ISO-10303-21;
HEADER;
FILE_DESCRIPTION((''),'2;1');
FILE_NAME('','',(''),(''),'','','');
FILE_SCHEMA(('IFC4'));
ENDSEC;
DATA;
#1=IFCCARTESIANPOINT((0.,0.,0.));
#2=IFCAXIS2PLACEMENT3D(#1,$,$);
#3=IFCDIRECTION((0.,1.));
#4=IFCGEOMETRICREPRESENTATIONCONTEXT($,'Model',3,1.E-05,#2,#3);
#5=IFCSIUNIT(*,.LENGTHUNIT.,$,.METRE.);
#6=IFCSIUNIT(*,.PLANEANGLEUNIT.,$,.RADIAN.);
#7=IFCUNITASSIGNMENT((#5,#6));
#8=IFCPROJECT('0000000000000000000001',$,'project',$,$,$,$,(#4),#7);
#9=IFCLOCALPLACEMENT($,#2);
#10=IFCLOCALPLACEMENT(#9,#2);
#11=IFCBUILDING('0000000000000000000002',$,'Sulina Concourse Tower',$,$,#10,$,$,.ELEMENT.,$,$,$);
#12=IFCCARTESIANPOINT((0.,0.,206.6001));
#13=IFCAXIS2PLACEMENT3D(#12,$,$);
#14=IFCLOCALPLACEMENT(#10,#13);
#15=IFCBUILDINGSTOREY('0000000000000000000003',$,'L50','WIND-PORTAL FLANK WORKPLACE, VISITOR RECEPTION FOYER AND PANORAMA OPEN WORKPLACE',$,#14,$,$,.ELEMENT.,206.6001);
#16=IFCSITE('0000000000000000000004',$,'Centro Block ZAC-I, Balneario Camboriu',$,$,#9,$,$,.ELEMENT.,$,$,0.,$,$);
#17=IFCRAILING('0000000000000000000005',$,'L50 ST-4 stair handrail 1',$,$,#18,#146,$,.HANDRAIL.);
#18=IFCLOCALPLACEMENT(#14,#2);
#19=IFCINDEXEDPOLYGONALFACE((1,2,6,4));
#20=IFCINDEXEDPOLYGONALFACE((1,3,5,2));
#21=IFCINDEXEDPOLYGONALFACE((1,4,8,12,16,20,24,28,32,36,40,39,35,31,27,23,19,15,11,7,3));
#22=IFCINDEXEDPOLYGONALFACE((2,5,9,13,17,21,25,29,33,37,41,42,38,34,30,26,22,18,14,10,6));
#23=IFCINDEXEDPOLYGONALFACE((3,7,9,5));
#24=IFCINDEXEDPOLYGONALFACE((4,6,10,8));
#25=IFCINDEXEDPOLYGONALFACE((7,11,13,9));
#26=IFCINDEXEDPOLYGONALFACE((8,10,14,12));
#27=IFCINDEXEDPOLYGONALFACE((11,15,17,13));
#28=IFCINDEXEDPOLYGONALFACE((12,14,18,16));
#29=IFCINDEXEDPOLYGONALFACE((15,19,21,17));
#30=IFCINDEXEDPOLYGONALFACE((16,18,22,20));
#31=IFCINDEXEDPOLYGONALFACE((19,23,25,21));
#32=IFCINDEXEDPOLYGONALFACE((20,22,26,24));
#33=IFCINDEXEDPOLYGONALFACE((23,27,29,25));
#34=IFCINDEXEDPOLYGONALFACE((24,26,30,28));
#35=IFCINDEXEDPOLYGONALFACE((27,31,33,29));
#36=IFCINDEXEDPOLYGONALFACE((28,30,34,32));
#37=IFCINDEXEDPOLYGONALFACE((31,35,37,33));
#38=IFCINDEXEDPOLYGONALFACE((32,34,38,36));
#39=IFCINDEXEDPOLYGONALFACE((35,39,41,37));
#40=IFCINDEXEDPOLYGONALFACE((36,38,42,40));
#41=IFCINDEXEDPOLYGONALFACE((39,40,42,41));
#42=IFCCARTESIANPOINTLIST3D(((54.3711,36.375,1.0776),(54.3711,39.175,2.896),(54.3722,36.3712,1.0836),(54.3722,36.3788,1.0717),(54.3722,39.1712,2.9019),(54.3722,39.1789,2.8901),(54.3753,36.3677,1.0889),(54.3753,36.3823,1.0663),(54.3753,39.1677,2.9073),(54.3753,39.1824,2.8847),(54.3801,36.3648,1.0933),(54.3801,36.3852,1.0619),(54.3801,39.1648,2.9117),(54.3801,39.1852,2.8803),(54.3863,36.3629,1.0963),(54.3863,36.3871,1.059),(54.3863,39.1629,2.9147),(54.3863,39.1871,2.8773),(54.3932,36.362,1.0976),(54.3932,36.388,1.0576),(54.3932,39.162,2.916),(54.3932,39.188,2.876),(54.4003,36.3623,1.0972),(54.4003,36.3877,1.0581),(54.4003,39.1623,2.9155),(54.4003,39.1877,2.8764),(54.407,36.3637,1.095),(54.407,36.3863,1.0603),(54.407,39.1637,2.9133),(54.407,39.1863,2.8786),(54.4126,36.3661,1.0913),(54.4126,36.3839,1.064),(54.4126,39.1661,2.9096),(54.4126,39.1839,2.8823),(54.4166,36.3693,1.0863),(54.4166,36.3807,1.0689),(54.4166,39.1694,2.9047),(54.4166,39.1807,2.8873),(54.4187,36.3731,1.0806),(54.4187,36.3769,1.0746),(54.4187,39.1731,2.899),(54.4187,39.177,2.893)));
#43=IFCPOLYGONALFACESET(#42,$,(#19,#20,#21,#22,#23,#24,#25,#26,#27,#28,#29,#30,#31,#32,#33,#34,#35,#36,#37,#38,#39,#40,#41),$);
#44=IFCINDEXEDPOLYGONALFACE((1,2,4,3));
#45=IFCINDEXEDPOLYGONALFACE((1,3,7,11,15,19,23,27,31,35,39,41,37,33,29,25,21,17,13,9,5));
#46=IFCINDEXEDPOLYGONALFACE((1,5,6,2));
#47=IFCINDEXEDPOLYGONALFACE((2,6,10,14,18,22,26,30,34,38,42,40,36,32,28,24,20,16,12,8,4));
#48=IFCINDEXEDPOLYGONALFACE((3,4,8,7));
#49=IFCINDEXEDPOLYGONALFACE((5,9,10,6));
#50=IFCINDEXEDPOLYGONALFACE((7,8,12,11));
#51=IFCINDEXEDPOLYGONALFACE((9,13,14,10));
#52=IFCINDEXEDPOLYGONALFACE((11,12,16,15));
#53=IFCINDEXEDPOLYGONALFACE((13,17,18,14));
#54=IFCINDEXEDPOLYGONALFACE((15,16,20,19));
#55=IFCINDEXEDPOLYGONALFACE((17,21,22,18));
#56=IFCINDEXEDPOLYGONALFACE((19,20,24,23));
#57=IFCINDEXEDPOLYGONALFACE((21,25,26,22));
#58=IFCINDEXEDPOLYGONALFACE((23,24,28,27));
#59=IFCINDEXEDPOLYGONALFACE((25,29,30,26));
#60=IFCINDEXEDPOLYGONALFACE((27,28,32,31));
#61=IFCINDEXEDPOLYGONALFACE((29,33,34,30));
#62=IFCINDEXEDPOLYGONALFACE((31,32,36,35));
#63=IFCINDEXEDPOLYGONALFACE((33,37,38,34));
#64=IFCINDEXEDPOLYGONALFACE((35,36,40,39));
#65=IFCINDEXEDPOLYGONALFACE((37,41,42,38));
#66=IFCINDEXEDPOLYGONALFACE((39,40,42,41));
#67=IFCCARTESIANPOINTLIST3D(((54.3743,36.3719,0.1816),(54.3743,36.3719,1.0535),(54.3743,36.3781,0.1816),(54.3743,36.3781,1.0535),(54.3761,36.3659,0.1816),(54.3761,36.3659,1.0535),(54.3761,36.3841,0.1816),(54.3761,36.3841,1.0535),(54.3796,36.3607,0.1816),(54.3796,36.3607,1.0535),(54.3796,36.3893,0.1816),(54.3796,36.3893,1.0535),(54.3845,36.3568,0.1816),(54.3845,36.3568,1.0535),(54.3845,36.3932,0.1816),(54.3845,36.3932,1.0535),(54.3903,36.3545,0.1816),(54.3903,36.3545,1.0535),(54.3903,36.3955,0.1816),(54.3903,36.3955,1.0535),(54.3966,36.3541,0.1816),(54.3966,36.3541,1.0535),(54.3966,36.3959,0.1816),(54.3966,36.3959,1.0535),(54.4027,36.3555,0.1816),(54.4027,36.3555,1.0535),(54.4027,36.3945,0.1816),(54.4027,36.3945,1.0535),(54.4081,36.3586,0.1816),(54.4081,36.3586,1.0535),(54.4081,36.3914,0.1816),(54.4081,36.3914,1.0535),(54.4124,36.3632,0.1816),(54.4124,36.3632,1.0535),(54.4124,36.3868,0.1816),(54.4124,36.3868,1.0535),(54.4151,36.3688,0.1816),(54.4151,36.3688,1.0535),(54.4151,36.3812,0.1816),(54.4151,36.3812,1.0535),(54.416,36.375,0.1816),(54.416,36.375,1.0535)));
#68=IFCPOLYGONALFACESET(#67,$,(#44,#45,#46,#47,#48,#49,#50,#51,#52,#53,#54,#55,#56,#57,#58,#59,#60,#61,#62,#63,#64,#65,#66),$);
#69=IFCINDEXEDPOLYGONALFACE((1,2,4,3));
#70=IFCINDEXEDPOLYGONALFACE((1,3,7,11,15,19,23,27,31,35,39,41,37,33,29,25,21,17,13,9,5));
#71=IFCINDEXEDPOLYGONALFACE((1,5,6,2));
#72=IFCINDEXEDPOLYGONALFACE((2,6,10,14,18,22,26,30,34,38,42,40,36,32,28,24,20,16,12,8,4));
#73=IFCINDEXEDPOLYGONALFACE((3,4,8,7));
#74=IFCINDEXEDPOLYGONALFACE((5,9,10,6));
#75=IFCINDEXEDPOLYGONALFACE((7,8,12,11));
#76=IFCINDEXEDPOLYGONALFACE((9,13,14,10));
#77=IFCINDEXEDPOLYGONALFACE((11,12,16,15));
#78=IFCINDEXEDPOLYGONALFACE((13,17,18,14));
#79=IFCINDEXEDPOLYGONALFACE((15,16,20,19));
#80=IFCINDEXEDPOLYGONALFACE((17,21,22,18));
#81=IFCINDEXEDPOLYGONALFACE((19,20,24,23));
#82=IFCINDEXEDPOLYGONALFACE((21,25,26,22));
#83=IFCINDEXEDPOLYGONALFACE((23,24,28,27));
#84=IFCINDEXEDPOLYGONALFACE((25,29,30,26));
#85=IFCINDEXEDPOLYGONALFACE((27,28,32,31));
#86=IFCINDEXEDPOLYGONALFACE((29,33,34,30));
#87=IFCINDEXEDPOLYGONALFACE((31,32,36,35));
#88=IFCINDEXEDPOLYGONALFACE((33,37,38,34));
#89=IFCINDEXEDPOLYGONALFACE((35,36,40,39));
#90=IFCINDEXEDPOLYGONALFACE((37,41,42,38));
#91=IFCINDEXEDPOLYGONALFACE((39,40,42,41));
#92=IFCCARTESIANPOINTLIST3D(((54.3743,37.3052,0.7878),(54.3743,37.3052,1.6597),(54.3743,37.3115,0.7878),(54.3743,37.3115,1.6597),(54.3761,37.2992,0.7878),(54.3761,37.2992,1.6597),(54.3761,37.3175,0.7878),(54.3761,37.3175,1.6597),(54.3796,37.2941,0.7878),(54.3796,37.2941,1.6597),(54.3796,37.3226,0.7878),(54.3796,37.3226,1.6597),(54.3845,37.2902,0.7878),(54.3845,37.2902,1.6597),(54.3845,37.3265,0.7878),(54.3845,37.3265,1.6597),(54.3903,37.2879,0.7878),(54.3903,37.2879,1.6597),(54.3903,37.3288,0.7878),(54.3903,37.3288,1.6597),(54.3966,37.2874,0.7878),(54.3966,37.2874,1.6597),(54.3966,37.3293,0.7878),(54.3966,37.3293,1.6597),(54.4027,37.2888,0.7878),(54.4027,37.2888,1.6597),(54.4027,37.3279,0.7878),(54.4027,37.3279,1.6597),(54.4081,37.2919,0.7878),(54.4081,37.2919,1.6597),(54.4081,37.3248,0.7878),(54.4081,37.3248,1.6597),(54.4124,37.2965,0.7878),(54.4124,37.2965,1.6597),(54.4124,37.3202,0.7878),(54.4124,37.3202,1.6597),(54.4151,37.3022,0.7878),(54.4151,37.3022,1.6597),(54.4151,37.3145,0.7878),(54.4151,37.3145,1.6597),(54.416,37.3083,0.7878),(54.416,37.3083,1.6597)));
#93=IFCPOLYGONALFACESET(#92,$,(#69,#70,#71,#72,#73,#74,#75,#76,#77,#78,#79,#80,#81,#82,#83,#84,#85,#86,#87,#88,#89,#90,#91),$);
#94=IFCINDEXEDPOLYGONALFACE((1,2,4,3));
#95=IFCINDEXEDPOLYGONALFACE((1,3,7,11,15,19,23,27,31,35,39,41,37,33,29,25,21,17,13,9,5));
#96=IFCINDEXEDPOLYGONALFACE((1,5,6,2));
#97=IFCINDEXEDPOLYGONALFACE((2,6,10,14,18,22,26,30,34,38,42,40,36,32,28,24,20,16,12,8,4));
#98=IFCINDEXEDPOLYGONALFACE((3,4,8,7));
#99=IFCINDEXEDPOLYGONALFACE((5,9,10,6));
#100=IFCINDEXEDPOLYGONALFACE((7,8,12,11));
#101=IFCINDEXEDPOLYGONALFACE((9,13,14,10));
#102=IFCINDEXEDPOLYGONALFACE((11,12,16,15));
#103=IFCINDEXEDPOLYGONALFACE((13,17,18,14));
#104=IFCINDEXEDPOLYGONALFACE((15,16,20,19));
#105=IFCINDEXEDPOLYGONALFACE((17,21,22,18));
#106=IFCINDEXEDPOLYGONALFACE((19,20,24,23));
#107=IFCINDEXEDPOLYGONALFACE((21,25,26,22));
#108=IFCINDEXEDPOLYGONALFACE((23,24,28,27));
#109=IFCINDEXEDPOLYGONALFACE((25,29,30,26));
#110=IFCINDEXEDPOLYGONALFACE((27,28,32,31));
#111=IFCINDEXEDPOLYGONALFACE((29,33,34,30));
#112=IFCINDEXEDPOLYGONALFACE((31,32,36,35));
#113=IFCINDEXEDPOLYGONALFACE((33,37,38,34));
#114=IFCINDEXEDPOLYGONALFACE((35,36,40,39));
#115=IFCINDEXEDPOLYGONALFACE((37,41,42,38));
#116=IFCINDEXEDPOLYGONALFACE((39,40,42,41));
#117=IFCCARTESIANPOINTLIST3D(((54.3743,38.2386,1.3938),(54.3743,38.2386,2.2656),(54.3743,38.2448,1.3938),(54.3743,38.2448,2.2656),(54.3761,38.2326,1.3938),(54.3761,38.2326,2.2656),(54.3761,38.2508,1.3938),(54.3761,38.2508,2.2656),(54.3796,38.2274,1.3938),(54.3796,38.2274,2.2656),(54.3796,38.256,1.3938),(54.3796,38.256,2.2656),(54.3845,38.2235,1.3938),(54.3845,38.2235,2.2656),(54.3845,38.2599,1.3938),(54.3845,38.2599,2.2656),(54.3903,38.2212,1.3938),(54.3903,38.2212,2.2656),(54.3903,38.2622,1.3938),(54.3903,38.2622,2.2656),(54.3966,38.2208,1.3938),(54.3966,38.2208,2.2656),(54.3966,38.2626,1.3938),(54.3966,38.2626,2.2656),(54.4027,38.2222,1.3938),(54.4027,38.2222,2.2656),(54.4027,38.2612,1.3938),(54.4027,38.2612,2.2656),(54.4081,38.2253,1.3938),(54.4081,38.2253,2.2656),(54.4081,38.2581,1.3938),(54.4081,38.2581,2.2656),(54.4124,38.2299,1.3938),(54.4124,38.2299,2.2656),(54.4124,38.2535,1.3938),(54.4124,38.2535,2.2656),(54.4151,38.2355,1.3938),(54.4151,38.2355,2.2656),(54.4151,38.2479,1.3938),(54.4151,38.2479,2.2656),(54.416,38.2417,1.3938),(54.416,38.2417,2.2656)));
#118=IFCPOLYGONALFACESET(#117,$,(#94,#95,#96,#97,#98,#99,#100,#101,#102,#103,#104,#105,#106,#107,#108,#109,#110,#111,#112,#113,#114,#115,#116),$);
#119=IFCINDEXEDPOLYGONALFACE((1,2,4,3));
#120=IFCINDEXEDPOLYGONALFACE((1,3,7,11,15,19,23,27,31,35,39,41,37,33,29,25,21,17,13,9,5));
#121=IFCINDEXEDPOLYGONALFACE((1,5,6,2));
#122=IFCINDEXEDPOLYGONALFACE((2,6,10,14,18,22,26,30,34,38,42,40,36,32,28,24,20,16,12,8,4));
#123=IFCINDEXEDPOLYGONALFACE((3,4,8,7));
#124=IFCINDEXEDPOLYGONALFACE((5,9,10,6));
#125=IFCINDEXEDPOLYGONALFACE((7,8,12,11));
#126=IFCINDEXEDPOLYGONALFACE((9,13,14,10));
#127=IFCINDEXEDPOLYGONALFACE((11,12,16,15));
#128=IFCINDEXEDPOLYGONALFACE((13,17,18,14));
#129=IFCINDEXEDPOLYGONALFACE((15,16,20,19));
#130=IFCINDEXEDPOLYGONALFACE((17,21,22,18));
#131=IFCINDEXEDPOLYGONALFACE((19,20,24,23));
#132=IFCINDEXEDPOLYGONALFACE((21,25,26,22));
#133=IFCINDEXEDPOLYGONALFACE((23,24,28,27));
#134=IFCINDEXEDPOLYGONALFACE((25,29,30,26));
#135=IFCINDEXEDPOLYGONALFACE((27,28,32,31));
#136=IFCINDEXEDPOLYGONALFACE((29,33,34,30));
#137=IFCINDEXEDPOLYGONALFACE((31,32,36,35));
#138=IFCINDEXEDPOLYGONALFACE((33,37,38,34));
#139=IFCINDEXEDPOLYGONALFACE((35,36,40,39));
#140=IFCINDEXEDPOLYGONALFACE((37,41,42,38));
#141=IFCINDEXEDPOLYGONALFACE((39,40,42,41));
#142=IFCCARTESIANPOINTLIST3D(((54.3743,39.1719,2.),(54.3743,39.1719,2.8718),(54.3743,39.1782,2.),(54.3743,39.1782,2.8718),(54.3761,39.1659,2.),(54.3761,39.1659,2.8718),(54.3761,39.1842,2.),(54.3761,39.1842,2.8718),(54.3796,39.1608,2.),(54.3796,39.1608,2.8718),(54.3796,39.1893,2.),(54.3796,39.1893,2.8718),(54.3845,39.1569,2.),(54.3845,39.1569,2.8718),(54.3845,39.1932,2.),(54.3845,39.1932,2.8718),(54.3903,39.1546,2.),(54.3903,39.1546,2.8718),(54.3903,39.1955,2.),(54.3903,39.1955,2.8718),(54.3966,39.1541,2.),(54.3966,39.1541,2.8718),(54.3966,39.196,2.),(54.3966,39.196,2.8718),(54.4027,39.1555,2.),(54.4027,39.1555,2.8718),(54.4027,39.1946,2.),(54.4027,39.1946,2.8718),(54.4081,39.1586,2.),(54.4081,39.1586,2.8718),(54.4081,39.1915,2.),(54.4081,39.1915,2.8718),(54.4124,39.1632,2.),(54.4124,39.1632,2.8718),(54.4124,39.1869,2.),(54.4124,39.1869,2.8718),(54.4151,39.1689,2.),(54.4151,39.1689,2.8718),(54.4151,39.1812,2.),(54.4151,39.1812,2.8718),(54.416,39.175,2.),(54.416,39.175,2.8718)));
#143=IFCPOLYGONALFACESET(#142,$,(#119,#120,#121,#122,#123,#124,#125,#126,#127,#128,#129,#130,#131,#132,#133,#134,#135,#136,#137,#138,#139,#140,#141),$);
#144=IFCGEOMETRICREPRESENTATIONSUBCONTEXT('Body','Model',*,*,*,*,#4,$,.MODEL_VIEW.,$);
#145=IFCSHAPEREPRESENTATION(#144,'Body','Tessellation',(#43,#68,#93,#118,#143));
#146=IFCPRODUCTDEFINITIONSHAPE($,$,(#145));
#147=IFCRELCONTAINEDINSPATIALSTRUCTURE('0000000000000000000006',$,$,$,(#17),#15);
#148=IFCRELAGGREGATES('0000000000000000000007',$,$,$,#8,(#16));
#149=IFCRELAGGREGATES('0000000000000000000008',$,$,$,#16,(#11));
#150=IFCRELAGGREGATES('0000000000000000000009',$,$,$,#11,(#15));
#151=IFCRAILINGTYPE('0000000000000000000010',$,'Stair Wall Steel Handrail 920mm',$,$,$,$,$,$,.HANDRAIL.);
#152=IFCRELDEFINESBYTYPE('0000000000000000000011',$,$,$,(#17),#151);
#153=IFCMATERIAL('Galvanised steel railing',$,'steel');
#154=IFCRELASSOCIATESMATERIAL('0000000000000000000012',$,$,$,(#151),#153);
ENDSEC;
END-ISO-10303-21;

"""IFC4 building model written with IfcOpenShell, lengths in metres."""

from ifc_helpers import new_model, si_unit, direction, frame, origin, origin_2d, place, context, subcontext, project, spatial, circle, extrude, material, type_object, element, save


model = new_model("IFC4")

# Units and contexts
model_context = context("Model", 3, precision=1e-05, world=origin(), true_north=direction((0.0, 1.0)))
body_context = subcontext(model_context, "Body", "Model", "MODEL_VIEW")
ifc_project = project(units=[si_unit("LENGTHUNIT", "METRE"), si_unit("PLANEANGLEUNIT", "RADIAN")], contexts=[model_context])

# Site, building, storey
site_placement = place(None, origin())
site = spatial("IfcSite", under=ifc_project, at=site_placement, Name="Centro Block ZAC-I, Balneario Camboriu", CompositionType="ELEMENT", RefElevation=0.0)
building_placement = place(site_placement, origin())
building = spatial("IfcBuilding", under=site, at=building_placement, Name="Sulina Concourse Tower", CompositionType="ELEMENT")
storey_placement = place(building_placement, frame((0.0, 0.0, 206.6001)))
storey = spatial("IfcBuildingStorey", under=building, at=storey_placement, Name="L50", Description="WIND-PORTAL FLANK WORKPLACE, VISITOR RECEPTION FOYER AND PANORAMA OPEN WORKPLACE", CompositionType="ELEMENT", Elevation=206.6001)

# Railing
ifc_material_1 = material(Name="Galvanised steel railing", Category="steel")
railing_type_1 = type_object("IfcRailingType", Name="Stair Wall Steel Handrail 920mm", PredefinedType="HANDRAIL", material=ifc_material_1)
railing_1_placement = place(storey_placement, frame((54.395, 36.375, 0.1816)))
element("IfcRailing", 1, at=railing_1_placement, inside=storey, type_object=railing_type_1, Name="L50 ST-4 stair handrail 1", PredefinedType="HANDRAIL", context=body_context, shape_type="SweptSolid", body=[
    extrude(circle(Radius=0.0239, at=origin_2d()), frame((0.0, 0.0, 0.896), z_axis=(0.0, 0.838672, 0.544636), x_axis=(-1.0, 0.0, 0.0)), (0.0, 0.0, 1.0), 3.3386),
    extrude(circle(Radius=0.021, at=origin_2d()), origin(), (0.0, 0.0, 1.0), 0.8718),
    extrude(circle(Radius=0.021, at=origin_2d()), frame((0.0, 0.9333, 0.6062)), (0.0, 0.0, 1.0), 0.8718),
    extrude(circle(Radius=0.021, at=origin_2d()), frame((0.0, 1.8667, 1.2122)), (0.0, 0.0, 1.0), 0.8718),
    extrude(circle(Radius=0.021, at=origin_2d()), frame((0.0, 2.8, 1.8184)), (0.0, 0.0, 1.0), 0.8718),
])

save(model, "model.ifc")
